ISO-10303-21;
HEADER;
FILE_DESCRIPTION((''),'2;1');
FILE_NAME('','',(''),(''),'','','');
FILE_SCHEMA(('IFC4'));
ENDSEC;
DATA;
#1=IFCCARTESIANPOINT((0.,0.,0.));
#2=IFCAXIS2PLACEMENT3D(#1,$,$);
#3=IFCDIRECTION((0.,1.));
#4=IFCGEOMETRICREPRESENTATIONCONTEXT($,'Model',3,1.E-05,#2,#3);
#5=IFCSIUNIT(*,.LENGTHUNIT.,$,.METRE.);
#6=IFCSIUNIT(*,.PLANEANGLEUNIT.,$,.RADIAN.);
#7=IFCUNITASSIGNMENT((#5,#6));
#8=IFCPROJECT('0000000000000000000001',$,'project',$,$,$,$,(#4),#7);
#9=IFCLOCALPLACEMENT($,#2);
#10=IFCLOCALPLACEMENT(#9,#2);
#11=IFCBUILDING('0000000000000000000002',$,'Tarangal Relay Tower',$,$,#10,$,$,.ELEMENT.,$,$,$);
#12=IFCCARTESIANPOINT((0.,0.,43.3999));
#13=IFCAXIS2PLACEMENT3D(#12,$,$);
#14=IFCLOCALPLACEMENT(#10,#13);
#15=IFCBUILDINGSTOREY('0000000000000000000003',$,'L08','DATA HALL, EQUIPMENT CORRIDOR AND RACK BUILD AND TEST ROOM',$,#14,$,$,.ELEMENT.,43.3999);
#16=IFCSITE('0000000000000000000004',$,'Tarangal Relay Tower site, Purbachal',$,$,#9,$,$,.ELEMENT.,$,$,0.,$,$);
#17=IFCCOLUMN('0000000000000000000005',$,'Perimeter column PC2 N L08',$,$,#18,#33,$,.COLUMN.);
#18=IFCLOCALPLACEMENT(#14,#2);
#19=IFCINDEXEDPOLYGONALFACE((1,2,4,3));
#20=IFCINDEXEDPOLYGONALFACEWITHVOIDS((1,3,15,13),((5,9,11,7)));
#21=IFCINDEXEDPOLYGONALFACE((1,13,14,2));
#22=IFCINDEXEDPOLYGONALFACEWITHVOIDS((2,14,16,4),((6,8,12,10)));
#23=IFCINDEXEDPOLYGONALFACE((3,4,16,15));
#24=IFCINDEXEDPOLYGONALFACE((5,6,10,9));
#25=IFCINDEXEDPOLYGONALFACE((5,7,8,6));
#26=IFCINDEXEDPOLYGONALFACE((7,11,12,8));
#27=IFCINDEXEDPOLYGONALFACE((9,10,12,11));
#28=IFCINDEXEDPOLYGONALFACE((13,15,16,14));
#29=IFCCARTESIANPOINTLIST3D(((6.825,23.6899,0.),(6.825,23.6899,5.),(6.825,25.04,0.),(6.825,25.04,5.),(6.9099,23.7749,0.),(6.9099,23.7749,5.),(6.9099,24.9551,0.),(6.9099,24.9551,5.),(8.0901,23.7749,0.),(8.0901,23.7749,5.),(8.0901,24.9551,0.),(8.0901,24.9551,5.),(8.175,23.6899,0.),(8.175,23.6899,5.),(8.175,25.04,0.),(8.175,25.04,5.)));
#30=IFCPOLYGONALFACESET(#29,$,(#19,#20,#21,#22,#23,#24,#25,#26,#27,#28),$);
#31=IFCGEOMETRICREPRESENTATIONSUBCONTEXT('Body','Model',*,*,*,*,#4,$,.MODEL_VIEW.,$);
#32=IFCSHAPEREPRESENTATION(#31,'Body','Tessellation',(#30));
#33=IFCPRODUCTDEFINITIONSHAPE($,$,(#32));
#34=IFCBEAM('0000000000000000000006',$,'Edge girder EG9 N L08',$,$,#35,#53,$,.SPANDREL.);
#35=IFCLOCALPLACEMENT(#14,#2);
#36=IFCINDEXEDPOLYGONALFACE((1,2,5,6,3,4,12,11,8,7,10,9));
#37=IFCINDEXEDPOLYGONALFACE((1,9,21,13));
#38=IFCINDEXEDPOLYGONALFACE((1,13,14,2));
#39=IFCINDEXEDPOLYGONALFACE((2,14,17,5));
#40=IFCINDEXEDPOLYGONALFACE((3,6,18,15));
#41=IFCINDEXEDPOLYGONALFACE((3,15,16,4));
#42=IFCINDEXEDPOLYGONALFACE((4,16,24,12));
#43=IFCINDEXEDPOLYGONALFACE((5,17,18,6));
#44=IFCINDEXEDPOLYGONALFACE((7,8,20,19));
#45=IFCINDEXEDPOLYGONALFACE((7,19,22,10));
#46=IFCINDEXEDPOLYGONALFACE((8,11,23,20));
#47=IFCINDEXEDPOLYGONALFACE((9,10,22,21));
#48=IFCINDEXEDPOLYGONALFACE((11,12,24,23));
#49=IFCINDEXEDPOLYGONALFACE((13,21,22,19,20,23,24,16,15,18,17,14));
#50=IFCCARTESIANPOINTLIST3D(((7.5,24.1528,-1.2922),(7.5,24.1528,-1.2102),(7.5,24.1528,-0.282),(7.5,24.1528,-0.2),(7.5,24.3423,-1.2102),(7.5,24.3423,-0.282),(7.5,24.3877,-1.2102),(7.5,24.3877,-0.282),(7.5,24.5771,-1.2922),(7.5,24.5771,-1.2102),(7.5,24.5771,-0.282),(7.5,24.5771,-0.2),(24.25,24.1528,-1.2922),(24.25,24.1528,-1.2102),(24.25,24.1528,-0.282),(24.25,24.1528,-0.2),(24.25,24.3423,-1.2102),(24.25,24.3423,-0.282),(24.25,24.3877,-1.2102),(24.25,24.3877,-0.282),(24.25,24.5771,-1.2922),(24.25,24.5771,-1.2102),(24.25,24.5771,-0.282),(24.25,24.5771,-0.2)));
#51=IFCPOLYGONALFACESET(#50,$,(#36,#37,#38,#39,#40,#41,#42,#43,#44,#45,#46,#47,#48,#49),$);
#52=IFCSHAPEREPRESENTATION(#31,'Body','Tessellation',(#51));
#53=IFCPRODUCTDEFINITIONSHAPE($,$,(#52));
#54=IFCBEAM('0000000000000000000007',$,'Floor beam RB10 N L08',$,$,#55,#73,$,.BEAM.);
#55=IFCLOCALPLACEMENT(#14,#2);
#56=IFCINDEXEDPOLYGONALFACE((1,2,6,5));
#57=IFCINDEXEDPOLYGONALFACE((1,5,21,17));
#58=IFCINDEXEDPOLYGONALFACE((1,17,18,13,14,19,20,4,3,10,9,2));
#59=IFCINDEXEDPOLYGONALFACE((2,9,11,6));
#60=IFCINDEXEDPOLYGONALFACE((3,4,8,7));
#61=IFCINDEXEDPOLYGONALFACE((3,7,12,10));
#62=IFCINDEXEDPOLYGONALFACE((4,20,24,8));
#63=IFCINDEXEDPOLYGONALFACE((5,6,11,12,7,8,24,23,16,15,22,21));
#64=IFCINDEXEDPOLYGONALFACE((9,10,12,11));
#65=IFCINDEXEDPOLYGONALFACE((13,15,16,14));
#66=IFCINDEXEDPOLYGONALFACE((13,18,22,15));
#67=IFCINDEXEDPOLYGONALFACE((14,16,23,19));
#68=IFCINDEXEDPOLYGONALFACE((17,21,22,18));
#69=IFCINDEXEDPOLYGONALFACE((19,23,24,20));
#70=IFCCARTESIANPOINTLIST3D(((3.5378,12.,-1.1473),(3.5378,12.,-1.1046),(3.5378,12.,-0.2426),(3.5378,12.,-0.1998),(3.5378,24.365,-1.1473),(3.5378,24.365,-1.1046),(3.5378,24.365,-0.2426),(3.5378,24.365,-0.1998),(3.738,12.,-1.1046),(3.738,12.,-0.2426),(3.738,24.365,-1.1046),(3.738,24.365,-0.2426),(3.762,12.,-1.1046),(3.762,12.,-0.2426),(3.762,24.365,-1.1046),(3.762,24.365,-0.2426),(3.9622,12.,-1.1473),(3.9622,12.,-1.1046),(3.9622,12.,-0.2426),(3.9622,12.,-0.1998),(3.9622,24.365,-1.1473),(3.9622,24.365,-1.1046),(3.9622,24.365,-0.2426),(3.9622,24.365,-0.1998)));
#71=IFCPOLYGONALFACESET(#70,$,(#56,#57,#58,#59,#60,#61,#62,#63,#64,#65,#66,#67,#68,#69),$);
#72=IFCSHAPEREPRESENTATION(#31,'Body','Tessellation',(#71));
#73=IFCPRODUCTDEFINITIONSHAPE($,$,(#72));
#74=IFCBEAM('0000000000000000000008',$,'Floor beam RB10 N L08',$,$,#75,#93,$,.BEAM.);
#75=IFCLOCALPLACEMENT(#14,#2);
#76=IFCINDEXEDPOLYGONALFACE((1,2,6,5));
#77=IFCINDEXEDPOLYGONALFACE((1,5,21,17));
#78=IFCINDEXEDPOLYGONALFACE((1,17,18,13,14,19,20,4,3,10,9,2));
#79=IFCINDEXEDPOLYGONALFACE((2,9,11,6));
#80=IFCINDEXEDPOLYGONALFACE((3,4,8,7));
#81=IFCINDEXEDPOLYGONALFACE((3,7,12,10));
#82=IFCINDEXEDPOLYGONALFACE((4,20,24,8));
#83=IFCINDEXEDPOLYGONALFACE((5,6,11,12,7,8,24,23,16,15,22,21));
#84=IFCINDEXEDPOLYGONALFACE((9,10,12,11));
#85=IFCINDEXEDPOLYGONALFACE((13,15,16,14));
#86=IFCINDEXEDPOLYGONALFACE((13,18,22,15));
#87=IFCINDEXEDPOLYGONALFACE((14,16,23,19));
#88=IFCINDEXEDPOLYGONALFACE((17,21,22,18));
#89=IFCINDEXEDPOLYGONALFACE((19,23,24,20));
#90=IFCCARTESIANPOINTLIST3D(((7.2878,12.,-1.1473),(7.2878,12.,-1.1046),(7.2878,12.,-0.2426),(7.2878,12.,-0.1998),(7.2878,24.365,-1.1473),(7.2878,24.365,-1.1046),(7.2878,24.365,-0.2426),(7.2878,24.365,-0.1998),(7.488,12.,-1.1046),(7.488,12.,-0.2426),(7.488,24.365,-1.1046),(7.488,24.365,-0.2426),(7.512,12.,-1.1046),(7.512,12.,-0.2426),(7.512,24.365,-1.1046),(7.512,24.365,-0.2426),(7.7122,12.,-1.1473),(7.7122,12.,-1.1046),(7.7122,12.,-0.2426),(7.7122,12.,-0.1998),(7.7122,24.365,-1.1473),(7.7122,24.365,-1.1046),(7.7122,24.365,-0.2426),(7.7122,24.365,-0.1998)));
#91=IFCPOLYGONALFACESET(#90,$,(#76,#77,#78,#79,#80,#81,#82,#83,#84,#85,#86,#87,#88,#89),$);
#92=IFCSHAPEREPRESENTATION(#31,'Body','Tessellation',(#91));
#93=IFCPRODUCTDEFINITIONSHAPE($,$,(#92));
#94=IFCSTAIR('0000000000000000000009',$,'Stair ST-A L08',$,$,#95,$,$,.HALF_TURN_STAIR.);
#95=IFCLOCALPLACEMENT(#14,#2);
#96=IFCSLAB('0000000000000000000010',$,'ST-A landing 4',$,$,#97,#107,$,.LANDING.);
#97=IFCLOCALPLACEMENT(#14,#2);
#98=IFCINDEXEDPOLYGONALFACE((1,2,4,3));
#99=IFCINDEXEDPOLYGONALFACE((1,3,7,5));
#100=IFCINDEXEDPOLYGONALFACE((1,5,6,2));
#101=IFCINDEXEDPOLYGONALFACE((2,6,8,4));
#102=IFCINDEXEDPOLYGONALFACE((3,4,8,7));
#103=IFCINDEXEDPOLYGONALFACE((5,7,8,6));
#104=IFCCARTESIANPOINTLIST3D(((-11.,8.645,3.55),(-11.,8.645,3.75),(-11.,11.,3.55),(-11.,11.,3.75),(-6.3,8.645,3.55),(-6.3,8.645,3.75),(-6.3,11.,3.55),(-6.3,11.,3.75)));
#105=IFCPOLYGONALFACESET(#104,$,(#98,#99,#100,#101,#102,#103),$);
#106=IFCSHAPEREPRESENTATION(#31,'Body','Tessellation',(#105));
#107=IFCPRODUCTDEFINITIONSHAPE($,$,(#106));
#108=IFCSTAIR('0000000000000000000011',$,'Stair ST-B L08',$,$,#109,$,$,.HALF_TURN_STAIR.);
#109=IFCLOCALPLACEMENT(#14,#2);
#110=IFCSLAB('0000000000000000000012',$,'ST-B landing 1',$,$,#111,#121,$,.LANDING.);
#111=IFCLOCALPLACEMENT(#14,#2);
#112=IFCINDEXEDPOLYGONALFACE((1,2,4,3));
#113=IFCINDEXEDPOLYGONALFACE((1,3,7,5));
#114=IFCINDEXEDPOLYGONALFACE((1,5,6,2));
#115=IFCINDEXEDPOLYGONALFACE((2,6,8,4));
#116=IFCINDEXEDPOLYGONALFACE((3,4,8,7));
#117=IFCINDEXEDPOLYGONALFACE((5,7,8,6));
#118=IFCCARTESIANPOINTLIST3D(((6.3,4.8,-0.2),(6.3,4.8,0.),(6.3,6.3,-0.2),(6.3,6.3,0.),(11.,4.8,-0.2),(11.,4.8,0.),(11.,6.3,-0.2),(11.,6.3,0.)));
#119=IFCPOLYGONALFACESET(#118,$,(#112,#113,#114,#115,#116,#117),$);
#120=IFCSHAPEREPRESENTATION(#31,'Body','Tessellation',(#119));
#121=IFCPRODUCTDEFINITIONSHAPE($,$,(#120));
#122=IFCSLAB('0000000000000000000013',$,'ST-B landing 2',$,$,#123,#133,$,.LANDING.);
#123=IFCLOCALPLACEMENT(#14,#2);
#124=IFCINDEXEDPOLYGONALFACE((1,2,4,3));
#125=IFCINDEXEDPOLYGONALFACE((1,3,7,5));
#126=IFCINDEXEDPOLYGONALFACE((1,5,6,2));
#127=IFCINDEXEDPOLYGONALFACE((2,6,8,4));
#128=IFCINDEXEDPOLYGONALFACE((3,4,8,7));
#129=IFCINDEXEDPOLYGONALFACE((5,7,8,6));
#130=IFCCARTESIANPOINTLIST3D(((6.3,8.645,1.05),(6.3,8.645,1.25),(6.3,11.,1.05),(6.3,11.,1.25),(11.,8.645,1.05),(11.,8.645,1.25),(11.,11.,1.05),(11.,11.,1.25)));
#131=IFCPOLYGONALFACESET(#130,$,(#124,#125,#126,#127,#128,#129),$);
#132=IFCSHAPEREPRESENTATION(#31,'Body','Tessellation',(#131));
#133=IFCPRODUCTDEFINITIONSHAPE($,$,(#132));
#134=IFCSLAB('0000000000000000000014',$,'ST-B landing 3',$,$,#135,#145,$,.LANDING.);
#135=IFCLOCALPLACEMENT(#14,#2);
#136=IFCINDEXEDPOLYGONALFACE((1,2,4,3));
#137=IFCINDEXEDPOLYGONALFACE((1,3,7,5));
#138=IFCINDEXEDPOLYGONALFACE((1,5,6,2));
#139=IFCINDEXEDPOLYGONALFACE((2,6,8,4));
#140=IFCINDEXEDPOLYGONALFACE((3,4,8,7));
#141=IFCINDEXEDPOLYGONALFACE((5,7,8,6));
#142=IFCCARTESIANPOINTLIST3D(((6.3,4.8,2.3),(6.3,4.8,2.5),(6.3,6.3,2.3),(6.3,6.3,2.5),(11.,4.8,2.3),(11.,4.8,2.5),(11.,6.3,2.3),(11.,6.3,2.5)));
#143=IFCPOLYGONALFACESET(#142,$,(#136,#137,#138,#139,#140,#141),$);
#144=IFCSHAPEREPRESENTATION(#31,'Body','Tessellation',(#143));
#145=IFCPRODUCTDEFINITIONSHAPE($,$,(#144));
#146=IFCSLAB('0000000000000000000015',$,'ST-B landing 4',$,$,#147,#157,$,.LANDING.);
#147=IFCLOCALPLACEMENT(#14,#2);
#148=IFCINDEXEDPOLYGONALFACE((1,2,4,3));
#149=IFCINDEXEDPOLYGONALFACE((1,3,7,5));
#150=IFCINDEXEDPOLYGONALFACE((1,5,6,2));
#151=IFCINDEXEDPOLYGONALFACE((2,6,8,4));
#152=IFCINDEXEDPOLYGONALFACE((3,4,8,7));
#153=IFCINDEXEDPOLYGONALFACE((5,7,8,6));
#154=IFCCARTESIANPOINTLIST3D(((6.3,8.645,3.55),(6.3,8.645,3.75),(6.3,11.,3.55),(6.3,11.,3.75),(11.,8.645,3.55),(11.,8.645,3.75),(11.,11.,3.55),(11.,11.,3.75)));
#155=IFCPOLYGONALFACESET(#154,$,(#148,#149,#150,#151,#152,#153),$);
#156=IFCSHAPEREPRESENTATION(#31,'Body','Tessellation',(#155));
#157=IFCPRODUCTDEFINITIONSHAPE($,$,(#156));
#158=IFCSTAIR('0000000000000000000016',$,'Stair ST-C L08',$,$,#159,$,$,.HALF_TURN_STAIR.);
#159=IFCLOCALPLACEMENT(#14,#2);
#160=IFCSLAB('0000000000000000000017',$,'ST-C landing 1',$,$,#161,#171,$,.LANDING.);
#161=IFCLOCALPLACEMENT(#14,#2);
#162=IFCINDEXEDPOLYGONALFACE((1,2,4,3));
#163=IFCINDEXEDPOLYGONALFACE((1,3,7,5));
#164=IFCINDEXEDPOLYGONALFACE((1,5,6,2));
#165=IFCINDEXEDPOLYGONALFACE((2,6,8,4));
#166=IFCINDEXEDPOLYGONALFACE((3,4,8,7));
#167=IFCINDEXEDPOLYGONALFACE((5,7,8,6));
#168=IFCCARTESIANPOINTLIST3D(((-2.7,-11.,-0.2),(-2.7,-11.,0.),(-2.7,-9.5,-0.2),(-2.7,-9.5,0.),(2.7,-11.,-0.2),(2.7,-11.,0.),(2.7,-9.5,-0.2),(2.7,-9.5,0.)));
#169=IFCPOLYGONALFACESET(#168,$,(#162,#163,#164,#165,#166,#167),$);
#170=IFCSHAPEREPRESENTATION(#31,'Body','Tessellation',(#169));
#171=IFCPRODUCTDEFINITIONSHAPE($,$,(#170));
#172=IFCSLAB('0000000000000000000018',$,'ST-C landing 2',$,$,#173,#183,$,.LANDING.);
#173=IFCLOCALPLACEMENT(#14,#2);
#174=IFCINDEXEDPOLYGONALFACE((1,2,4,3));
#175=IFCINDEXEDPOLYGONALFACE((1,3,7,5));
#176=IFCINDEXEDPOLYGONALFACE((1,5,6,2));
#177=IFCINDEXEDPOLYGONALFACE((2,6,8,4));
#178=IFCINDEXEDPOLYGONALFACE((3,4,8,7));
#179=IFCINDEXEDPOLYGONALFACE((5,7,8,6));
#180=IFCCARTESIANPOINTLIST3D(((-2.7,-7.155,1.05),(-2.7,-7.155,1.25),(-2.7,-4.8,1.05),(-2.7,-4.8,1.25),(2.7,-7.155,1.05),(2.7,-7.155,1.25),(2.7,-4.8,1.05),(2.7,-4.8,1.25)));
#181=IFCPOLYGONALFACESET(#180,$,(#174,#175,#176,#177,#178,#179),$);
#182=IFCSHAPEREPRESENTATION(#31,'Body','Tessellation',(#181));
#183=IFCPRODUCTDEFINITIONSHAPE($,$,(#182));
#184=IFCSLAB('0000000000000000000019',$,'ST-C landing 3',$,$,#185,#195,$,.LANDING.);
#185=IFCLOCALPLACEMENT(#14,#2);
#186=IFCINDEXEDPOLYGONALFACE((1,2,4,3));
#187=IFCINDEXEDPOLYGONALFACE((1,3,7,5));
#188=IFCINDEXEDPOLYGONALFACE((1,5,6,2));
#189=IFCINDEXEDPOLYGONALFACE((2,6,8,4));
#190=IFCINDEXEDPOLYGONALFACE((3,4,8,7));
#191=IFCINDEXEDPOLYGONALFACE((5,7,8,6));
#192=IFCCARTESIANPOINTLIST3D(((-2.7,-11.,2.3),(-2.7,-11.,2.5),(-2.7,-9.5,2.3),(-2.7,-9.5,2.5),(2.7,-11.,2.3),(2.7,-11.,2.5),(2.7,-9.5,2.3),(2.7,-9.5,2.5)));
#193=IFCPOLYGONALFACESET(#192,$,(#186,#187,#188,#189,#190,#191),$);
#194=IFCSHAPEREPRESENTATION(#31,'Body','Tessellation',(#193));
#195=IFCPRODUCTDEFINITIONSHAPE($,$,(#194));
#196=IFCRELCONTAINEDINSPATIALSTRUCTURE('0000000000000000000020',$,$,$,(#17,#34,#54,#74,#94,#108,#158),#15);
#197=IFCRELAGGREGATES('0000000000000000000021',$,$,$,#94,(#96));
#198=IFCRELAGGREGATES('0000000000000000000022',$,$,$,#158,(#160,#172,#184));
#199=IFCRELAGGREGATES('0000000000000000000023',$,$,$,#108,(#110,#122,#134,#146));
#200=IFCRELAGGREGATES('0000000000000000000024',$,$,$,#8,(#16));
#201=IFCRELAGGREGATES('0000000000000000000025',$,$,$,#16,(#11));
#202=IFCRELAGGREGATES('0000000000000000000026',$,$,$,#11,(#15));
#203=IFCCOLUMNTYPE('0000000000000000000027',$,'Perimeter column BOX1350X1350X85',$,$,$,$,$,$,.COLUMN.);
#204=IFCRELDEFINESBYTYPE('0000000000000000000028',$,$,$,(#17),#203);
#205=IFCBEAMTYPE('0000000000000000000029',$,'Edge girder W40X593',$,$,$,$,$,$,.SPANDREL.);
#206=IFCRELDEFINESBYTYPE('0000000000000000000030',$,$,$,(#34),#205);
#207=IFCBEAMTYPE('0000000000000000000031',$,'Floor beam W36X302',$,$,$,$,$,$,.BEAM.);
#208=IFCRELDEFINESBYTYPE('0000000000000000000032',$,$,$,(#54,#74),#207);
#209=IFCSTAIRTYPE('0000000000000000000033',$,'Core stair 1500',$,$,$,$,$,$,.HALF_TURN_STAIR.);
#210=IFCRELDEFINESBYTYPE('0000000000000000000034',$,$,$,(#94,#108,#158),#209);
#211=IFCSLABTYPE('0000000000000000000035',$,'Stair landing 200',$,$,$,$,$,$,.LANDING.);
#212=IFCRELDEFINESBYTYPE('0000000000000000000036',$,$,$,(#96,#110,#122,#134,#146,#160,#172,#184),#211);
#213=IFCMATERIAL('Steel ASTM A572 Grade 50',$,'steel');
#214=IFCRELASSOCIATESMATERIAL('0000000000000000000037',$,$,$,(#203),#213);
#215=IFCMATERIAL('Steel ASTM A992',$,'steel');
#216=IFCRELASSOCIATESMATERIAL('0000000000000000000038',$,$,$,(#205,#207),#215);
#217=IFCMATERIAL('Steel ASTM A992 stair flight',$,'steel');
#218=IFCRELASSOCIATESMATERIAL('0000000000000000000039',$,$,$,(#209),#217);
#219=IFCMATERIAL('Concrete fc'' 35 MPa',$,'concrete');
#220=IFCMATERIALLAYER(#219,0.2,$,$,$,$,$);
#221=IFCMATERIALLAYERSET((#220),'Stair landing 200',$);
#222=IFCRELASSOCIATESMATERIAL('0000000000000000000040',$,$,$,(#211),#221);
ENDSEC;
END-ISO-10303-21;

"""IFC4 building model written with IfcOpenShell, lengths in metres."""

from ifc_helpers import new_model, si_unit, direction, frame, origin, origin_2d, place, context, subcontext, project, spatial, polyline, hollow_rectangle, i_section, outline, extrude, material, layer, layer_set, material_profile, profile_set, type_object, element, aggregate, save


model = new_model("IFC4")

# Units and contexts
model_context = context("Model", 3, precision=1e-05, world=origin(), true_north=direction((0.0, 1.0)))
body_context = subcontext(model_context, "Body", "Model", "MODEL_VIEW")
ifc_project = project(units=[si_unit("LENGTHUNIT", "METRE"), si_unit("PLANEANGLEUNIT", "RADIAN")], contexts=[model_context])

# Site, building, storey
site_placement = place(None, origin())
site = spatial("IfcSite", under=ifc_project, at=site_placement, Name="Tarangal Relay Tower site, Purbachal", CompositionType="ELEMENT", RefElevation=0.0)
building_placement = place(site_placement, origin())
building = spatial("IfcBuilding", under=site, at=building_placement, Name="Tarangal Relay Tower", CompositionType="ELEMENT")
storey_placement = place(building_placement, frame((0.0, 0.0, 43.3999)))
storey = spatial("IfcBuildingStorey", under=building, at=storey_placement, Name="L08", Description="DATA HALL, EQUIPMENT CORRIDOR AND RACK BUILD AND TEST ROOM", CompositionType="ELEMENT", Elevation=43.3999)

# Column
ifc_material_1 = material(Name="Steel ASTM A572 Grade 50", Category="steel")
ifc_material_profile_1 = material_profile(ifc_material_1, hollow_rectangle(XDim=1.3501, YDim=1.3501, WallThickness=0.085, at=origin_2d()), Name="BOX1350X1350X85")
ifc_profile_set_1 = profile_set([ifc_material_profile_1], Name="Steel ASTM A572 Grade 50")
column_type = type_object("IfcColumnType", Name="Perimeter column BOX1350X1350X85", PredefinedType="COLUMN", material=ifc_profile_set_1)
column_placement = place(storey_placement, frame((7.5, 24.365, 0.0), z_axis=(0.0, 0.0, 1.0), x_axis=(1.0, 0.0, 0.0)))
element("IfcColumn", 1, at=column_placement, inside=storey, type_object=column_type, Name="Perimeter column PC2 N L08", PredefinedType="COLUMN", context=body_context, shape_type="SweptSolid", body=[
    extrude(hollow_rectangle(XDim=1.3501, YDim=1.3501, WallThickness=0.085, at=origin_2d()), origin(), (0.0, 0.0, 1.0), 5.0),
])

# Beams
ifc_material_2 = material(Name="Steel ASTM A992", Category="steel")
ifc_material_profile_2 = material_profile(ifc_material_2, i_section(OverallWidth=0.4243, OverallDepth=1.0923, WebThickness=0.0454, FlangeThickness=0.082, at=origin_2d()), Name="W40X593")
ifc_profile_set_2 = profile_set([ifc_material_profile_2], Name="Steel ASTM A992")
beam_type_1 = type_object("IfcBeamType", Name="Edge girder W40X593", PredefinedType="SPANDREL", material=ifc_profile_set_2)
beam_placement = place(storey_placement, frame((7.5, 24.365, -0.7461), z_axis=(1.0, 0.0, 0.0), x_axis=(0.0, 1.0, 0.0)))
element("IfcBeam", 2, at=beam_placement, inside=storey, type_object=beam_type_1, Name="Edge girder EG9 N L08", PredefinedType="SPANDREL", context=body_context, shape_type="SweptSolid", body=[
    extrude(i_section(OverallWidth=0.4243, OverallDepth=1.0923, WebThickness=0.0454, FlangeThickness=0.082, at=origin_2d()), origin(), (0.0, 0.0, 1.0), 16.75),
])
ifc_material_profile_3 = material_profile(ifc_material_2, i_section(OverallWidth=0.4243, OverallDepth=0.9475, WebThickness=0.0239, FlangeThickness=0.0427, at=origin_2d()), Name="W36X302")
ifc_profile_set_3 = profile_set([ifc_material_profile_3], Name="Steel ASTM A992")
beam_type_2 = type_object("IfcBeamType", Name="Floor beam W36X302", PredefinedType="BEAM", material=ifc_profile_set_3)
for number, where, z_axis, x_axis, name in (
    (3, (3.75, 12.0, -0.6736), (0.0, 1.0, 0.0), (-1.0, 0.0, 0.0), "Floor beam RB10 N L08"),
    (4, (7.5, 12.0, -0.6736), (0.0, 1.0, 0.0), (-1.0, 0.0, 0.0), "Floor beam RB10 N L08"),
):
    element("IfcBeam", number, at=place(storey_placement, frame(where, z_axis=z_axis, x_axis=x_axis)), inside=storey, type_object=beam_type_2, Name=name, PredefinedType="BEAM", context=body_context, shape_type="SweptSolid", body=[
        extrude(i_section(OverallWidth=0.4243, OverallDepth=0.9475, WebThickness=0.0239, FlangeThickness=0.0427, at=origin_2d()), origin(), (0.0, 0.0, 1.0), 12.365),
    ])

# Stair, slab
ifc_material_3 = material(Name="Steel ASTM A992 stair flight", Category="steel")
stair_type = type_object("IfcStairType", Name="Core stair 1500", PredefinedType="HALF_TURN_STAIR", material=ifc_material_3)
stair_1_placement = place(storey_placement, origin())
stair_1 = element("IfcStair", 5, at=stair_1_placement, inside=storey, type_object=stair_type, Name="Stair ST-A L08", PredefinedType="HALF_TURN_STAIR")
ifc_material_4 = material(Name="Concrete fc' 35 MPa", Category="concrete")
ifc_layer_1 = layer(ifc_material_4, 0.2)
ifc_layer_set_1 = layer_set([ifc_layer_1], Name="Stair landing 200")
slab_type = type_object("IfcSlabType", Name="Stair landing 200", PredefinedType="LANDING", material=ifc_layer_set_1)
slab_1_placement = place(storey_placement, frame((0.0, 0.0, 3.55)))
slab_1 = element("IfcSlab", 6, at=slab_1_placement, type_object=slab_type, Name="ST-A landing 4", PredefinedType="LANDING", context=body_context, shape_type="SweptSolid", body=[
    extrude(outline(polyline([(-11.0, 8.645), (-6.3, 8.645), (-6.3, 11.0), (-11.0, 11.0), (-11.0, 8.645)])), origin(), (0.0, 0.0, 1.0), 0.2),
])
aggregate(stair_1, [slab_1])

# Stairs, slabs
stair_2_placement = place(storey_placement, origin())
stair_2 = element("IfcStair", 7, at=stair_2_placement, inside=storey, type_object=stair_type, Name="Stair ST-B L08", PredefinedType="HALF_TURN_STAIR")
slab_2_placement = place(storey_placement, frame((0.0, 0.0, -0.2)))
slab_2 = element("IfcSlab", 8, at=slab_2_placement, type_object=slab_type, Name="ST-B landing 1", PredefinedType="LANDING", context=body_context, shape_type="SweptSolid", body=[
    extrude(outline(polyline([(6.3, 4.8), (11.0, 4.8), (11.0, 6.3), (6.3, 6.3), (6.3, 4.8)])), origin(), (0.0, 0.0, 1.0), 0.2),
])
slab_3_placement = place(storey_placement, frame((0.0, 0.0, 1.05)))
slab_3 = element("IfcSlab", 9, at=slab_3_placement, type_object=slab_type, Name="ST-B landing 2", PredefinedType="LANDING", context=body_context, shape_type="SweptSolid", body=[
    extrude(outline(polyline([(6.3, 8.645), (11.0, 8.645), (11.0, 11.0), (6.3, 11.0), (6.3, 8.645)])), origin(), (0.0, 0.0, 1.0), 0.2),
])
slab_4_placement = place(storey_placement, frame((0.0, 0.0, 2.3)))
slab_4 = element("IfcSlab", 10, at=slab_4_placement, type_object=slab_type, Name="ST-B landing 3", PredefinedType="LANDING", context=body_context, shape_type="SweptSolid", body=[
    extrude(outline(polyline([(6.3, 4.8), (11.0, 4.8), (11.0, 6.3), (6.3, 6.3), (6.3, 4.8)])), origin(), (0.0, 0.0, 1.0), 0.2),
])
slab_5_placement = place(storey_placement, frame((0.0, 0.0, 3.55)))
slab_5 = element("IfcSlab", 11, at=slab_5_placement, type_object=slab_type, Name="ST-B landing 4", PredefinedType="LANDING", context=body_context, shape_type="SweptSolid", body=[
    extrude(outline(polyline([(6.3, 8.645), (11.0, 8.645), (11.0, 11.0), (6.3, 11.0), (6.3, 8.645)])), origin(), (0.0, 0.0, 1.0), 0.2),
])
stair_3_placement = place(storey_placement, origin())
stair_3 = element("IfcStair", 12, at=stair_3_placement, inside=storey, type_object=stair_type, Name="Stair ST-C L08", PredefinedType="HALF_TURN_STAIR")
slab_6_placement = place(storey_placement, frame((0.0, 0.0, -0.2)))
slab_6 = element("IfcSlab", 13, at=slab_6_placement, type_object=slab_type, Name="ST-C landing 1", PredefinedType="LANDING", context=body_context, shape_type="SweptSolid", body=[
    extrude(outline(polyline([(-2.7, -11.0), (2.7, -11.0), (2.7, -9.5), (-2.7, -9.5), (-2.7, -11.0)])), origin(), (0.0, 0.0, 1.0), 0.2),
])
slab_7_placement = place(storey_placement, frame((0.0, 0.0, 1.05)))
slab_7 = element("IfcSlab", 14, at=slab_7_placement, type_object=slab_type, Name="ST-C landing 2", PredefinedType="LANDING", context=body_context, shape_type="SweptSolid", body=[
    extrude(outline(polyline([(-2.7, -7.155), (2.7, -7.155), (2.7, -4.8), (-2.7, -4.8), (-2.7, -7.155)])), origin(), (0.0, 0.0, 1.0), 0.2),
])
slab_8_placement = place(storey_placement, frame((0.0, 0.0, 2.3)))
slab_8 = element("IfcSlab", 15, at=slab_8_placement, type_object=slab_type, Name="ST-C landing 3", PredefinedType="LANDING", context=body_context, shape_type="SweptSolid", body=[
    extrude(outline(polyline([(-2.7, -11.0), (2.7, -11.0), (2.7, -9.5), (-2.7, -9.5), (-2.7, -11.0)])), origin(), (0.0, 0.0, 1.0), 0.2),
])
aggregate(stair_3, [slab_6, slab_7, slab_8])

aggregate(stair_2, [slab_2, slab_3, slab_4, slab_5])

save(model, "model.ifc")
